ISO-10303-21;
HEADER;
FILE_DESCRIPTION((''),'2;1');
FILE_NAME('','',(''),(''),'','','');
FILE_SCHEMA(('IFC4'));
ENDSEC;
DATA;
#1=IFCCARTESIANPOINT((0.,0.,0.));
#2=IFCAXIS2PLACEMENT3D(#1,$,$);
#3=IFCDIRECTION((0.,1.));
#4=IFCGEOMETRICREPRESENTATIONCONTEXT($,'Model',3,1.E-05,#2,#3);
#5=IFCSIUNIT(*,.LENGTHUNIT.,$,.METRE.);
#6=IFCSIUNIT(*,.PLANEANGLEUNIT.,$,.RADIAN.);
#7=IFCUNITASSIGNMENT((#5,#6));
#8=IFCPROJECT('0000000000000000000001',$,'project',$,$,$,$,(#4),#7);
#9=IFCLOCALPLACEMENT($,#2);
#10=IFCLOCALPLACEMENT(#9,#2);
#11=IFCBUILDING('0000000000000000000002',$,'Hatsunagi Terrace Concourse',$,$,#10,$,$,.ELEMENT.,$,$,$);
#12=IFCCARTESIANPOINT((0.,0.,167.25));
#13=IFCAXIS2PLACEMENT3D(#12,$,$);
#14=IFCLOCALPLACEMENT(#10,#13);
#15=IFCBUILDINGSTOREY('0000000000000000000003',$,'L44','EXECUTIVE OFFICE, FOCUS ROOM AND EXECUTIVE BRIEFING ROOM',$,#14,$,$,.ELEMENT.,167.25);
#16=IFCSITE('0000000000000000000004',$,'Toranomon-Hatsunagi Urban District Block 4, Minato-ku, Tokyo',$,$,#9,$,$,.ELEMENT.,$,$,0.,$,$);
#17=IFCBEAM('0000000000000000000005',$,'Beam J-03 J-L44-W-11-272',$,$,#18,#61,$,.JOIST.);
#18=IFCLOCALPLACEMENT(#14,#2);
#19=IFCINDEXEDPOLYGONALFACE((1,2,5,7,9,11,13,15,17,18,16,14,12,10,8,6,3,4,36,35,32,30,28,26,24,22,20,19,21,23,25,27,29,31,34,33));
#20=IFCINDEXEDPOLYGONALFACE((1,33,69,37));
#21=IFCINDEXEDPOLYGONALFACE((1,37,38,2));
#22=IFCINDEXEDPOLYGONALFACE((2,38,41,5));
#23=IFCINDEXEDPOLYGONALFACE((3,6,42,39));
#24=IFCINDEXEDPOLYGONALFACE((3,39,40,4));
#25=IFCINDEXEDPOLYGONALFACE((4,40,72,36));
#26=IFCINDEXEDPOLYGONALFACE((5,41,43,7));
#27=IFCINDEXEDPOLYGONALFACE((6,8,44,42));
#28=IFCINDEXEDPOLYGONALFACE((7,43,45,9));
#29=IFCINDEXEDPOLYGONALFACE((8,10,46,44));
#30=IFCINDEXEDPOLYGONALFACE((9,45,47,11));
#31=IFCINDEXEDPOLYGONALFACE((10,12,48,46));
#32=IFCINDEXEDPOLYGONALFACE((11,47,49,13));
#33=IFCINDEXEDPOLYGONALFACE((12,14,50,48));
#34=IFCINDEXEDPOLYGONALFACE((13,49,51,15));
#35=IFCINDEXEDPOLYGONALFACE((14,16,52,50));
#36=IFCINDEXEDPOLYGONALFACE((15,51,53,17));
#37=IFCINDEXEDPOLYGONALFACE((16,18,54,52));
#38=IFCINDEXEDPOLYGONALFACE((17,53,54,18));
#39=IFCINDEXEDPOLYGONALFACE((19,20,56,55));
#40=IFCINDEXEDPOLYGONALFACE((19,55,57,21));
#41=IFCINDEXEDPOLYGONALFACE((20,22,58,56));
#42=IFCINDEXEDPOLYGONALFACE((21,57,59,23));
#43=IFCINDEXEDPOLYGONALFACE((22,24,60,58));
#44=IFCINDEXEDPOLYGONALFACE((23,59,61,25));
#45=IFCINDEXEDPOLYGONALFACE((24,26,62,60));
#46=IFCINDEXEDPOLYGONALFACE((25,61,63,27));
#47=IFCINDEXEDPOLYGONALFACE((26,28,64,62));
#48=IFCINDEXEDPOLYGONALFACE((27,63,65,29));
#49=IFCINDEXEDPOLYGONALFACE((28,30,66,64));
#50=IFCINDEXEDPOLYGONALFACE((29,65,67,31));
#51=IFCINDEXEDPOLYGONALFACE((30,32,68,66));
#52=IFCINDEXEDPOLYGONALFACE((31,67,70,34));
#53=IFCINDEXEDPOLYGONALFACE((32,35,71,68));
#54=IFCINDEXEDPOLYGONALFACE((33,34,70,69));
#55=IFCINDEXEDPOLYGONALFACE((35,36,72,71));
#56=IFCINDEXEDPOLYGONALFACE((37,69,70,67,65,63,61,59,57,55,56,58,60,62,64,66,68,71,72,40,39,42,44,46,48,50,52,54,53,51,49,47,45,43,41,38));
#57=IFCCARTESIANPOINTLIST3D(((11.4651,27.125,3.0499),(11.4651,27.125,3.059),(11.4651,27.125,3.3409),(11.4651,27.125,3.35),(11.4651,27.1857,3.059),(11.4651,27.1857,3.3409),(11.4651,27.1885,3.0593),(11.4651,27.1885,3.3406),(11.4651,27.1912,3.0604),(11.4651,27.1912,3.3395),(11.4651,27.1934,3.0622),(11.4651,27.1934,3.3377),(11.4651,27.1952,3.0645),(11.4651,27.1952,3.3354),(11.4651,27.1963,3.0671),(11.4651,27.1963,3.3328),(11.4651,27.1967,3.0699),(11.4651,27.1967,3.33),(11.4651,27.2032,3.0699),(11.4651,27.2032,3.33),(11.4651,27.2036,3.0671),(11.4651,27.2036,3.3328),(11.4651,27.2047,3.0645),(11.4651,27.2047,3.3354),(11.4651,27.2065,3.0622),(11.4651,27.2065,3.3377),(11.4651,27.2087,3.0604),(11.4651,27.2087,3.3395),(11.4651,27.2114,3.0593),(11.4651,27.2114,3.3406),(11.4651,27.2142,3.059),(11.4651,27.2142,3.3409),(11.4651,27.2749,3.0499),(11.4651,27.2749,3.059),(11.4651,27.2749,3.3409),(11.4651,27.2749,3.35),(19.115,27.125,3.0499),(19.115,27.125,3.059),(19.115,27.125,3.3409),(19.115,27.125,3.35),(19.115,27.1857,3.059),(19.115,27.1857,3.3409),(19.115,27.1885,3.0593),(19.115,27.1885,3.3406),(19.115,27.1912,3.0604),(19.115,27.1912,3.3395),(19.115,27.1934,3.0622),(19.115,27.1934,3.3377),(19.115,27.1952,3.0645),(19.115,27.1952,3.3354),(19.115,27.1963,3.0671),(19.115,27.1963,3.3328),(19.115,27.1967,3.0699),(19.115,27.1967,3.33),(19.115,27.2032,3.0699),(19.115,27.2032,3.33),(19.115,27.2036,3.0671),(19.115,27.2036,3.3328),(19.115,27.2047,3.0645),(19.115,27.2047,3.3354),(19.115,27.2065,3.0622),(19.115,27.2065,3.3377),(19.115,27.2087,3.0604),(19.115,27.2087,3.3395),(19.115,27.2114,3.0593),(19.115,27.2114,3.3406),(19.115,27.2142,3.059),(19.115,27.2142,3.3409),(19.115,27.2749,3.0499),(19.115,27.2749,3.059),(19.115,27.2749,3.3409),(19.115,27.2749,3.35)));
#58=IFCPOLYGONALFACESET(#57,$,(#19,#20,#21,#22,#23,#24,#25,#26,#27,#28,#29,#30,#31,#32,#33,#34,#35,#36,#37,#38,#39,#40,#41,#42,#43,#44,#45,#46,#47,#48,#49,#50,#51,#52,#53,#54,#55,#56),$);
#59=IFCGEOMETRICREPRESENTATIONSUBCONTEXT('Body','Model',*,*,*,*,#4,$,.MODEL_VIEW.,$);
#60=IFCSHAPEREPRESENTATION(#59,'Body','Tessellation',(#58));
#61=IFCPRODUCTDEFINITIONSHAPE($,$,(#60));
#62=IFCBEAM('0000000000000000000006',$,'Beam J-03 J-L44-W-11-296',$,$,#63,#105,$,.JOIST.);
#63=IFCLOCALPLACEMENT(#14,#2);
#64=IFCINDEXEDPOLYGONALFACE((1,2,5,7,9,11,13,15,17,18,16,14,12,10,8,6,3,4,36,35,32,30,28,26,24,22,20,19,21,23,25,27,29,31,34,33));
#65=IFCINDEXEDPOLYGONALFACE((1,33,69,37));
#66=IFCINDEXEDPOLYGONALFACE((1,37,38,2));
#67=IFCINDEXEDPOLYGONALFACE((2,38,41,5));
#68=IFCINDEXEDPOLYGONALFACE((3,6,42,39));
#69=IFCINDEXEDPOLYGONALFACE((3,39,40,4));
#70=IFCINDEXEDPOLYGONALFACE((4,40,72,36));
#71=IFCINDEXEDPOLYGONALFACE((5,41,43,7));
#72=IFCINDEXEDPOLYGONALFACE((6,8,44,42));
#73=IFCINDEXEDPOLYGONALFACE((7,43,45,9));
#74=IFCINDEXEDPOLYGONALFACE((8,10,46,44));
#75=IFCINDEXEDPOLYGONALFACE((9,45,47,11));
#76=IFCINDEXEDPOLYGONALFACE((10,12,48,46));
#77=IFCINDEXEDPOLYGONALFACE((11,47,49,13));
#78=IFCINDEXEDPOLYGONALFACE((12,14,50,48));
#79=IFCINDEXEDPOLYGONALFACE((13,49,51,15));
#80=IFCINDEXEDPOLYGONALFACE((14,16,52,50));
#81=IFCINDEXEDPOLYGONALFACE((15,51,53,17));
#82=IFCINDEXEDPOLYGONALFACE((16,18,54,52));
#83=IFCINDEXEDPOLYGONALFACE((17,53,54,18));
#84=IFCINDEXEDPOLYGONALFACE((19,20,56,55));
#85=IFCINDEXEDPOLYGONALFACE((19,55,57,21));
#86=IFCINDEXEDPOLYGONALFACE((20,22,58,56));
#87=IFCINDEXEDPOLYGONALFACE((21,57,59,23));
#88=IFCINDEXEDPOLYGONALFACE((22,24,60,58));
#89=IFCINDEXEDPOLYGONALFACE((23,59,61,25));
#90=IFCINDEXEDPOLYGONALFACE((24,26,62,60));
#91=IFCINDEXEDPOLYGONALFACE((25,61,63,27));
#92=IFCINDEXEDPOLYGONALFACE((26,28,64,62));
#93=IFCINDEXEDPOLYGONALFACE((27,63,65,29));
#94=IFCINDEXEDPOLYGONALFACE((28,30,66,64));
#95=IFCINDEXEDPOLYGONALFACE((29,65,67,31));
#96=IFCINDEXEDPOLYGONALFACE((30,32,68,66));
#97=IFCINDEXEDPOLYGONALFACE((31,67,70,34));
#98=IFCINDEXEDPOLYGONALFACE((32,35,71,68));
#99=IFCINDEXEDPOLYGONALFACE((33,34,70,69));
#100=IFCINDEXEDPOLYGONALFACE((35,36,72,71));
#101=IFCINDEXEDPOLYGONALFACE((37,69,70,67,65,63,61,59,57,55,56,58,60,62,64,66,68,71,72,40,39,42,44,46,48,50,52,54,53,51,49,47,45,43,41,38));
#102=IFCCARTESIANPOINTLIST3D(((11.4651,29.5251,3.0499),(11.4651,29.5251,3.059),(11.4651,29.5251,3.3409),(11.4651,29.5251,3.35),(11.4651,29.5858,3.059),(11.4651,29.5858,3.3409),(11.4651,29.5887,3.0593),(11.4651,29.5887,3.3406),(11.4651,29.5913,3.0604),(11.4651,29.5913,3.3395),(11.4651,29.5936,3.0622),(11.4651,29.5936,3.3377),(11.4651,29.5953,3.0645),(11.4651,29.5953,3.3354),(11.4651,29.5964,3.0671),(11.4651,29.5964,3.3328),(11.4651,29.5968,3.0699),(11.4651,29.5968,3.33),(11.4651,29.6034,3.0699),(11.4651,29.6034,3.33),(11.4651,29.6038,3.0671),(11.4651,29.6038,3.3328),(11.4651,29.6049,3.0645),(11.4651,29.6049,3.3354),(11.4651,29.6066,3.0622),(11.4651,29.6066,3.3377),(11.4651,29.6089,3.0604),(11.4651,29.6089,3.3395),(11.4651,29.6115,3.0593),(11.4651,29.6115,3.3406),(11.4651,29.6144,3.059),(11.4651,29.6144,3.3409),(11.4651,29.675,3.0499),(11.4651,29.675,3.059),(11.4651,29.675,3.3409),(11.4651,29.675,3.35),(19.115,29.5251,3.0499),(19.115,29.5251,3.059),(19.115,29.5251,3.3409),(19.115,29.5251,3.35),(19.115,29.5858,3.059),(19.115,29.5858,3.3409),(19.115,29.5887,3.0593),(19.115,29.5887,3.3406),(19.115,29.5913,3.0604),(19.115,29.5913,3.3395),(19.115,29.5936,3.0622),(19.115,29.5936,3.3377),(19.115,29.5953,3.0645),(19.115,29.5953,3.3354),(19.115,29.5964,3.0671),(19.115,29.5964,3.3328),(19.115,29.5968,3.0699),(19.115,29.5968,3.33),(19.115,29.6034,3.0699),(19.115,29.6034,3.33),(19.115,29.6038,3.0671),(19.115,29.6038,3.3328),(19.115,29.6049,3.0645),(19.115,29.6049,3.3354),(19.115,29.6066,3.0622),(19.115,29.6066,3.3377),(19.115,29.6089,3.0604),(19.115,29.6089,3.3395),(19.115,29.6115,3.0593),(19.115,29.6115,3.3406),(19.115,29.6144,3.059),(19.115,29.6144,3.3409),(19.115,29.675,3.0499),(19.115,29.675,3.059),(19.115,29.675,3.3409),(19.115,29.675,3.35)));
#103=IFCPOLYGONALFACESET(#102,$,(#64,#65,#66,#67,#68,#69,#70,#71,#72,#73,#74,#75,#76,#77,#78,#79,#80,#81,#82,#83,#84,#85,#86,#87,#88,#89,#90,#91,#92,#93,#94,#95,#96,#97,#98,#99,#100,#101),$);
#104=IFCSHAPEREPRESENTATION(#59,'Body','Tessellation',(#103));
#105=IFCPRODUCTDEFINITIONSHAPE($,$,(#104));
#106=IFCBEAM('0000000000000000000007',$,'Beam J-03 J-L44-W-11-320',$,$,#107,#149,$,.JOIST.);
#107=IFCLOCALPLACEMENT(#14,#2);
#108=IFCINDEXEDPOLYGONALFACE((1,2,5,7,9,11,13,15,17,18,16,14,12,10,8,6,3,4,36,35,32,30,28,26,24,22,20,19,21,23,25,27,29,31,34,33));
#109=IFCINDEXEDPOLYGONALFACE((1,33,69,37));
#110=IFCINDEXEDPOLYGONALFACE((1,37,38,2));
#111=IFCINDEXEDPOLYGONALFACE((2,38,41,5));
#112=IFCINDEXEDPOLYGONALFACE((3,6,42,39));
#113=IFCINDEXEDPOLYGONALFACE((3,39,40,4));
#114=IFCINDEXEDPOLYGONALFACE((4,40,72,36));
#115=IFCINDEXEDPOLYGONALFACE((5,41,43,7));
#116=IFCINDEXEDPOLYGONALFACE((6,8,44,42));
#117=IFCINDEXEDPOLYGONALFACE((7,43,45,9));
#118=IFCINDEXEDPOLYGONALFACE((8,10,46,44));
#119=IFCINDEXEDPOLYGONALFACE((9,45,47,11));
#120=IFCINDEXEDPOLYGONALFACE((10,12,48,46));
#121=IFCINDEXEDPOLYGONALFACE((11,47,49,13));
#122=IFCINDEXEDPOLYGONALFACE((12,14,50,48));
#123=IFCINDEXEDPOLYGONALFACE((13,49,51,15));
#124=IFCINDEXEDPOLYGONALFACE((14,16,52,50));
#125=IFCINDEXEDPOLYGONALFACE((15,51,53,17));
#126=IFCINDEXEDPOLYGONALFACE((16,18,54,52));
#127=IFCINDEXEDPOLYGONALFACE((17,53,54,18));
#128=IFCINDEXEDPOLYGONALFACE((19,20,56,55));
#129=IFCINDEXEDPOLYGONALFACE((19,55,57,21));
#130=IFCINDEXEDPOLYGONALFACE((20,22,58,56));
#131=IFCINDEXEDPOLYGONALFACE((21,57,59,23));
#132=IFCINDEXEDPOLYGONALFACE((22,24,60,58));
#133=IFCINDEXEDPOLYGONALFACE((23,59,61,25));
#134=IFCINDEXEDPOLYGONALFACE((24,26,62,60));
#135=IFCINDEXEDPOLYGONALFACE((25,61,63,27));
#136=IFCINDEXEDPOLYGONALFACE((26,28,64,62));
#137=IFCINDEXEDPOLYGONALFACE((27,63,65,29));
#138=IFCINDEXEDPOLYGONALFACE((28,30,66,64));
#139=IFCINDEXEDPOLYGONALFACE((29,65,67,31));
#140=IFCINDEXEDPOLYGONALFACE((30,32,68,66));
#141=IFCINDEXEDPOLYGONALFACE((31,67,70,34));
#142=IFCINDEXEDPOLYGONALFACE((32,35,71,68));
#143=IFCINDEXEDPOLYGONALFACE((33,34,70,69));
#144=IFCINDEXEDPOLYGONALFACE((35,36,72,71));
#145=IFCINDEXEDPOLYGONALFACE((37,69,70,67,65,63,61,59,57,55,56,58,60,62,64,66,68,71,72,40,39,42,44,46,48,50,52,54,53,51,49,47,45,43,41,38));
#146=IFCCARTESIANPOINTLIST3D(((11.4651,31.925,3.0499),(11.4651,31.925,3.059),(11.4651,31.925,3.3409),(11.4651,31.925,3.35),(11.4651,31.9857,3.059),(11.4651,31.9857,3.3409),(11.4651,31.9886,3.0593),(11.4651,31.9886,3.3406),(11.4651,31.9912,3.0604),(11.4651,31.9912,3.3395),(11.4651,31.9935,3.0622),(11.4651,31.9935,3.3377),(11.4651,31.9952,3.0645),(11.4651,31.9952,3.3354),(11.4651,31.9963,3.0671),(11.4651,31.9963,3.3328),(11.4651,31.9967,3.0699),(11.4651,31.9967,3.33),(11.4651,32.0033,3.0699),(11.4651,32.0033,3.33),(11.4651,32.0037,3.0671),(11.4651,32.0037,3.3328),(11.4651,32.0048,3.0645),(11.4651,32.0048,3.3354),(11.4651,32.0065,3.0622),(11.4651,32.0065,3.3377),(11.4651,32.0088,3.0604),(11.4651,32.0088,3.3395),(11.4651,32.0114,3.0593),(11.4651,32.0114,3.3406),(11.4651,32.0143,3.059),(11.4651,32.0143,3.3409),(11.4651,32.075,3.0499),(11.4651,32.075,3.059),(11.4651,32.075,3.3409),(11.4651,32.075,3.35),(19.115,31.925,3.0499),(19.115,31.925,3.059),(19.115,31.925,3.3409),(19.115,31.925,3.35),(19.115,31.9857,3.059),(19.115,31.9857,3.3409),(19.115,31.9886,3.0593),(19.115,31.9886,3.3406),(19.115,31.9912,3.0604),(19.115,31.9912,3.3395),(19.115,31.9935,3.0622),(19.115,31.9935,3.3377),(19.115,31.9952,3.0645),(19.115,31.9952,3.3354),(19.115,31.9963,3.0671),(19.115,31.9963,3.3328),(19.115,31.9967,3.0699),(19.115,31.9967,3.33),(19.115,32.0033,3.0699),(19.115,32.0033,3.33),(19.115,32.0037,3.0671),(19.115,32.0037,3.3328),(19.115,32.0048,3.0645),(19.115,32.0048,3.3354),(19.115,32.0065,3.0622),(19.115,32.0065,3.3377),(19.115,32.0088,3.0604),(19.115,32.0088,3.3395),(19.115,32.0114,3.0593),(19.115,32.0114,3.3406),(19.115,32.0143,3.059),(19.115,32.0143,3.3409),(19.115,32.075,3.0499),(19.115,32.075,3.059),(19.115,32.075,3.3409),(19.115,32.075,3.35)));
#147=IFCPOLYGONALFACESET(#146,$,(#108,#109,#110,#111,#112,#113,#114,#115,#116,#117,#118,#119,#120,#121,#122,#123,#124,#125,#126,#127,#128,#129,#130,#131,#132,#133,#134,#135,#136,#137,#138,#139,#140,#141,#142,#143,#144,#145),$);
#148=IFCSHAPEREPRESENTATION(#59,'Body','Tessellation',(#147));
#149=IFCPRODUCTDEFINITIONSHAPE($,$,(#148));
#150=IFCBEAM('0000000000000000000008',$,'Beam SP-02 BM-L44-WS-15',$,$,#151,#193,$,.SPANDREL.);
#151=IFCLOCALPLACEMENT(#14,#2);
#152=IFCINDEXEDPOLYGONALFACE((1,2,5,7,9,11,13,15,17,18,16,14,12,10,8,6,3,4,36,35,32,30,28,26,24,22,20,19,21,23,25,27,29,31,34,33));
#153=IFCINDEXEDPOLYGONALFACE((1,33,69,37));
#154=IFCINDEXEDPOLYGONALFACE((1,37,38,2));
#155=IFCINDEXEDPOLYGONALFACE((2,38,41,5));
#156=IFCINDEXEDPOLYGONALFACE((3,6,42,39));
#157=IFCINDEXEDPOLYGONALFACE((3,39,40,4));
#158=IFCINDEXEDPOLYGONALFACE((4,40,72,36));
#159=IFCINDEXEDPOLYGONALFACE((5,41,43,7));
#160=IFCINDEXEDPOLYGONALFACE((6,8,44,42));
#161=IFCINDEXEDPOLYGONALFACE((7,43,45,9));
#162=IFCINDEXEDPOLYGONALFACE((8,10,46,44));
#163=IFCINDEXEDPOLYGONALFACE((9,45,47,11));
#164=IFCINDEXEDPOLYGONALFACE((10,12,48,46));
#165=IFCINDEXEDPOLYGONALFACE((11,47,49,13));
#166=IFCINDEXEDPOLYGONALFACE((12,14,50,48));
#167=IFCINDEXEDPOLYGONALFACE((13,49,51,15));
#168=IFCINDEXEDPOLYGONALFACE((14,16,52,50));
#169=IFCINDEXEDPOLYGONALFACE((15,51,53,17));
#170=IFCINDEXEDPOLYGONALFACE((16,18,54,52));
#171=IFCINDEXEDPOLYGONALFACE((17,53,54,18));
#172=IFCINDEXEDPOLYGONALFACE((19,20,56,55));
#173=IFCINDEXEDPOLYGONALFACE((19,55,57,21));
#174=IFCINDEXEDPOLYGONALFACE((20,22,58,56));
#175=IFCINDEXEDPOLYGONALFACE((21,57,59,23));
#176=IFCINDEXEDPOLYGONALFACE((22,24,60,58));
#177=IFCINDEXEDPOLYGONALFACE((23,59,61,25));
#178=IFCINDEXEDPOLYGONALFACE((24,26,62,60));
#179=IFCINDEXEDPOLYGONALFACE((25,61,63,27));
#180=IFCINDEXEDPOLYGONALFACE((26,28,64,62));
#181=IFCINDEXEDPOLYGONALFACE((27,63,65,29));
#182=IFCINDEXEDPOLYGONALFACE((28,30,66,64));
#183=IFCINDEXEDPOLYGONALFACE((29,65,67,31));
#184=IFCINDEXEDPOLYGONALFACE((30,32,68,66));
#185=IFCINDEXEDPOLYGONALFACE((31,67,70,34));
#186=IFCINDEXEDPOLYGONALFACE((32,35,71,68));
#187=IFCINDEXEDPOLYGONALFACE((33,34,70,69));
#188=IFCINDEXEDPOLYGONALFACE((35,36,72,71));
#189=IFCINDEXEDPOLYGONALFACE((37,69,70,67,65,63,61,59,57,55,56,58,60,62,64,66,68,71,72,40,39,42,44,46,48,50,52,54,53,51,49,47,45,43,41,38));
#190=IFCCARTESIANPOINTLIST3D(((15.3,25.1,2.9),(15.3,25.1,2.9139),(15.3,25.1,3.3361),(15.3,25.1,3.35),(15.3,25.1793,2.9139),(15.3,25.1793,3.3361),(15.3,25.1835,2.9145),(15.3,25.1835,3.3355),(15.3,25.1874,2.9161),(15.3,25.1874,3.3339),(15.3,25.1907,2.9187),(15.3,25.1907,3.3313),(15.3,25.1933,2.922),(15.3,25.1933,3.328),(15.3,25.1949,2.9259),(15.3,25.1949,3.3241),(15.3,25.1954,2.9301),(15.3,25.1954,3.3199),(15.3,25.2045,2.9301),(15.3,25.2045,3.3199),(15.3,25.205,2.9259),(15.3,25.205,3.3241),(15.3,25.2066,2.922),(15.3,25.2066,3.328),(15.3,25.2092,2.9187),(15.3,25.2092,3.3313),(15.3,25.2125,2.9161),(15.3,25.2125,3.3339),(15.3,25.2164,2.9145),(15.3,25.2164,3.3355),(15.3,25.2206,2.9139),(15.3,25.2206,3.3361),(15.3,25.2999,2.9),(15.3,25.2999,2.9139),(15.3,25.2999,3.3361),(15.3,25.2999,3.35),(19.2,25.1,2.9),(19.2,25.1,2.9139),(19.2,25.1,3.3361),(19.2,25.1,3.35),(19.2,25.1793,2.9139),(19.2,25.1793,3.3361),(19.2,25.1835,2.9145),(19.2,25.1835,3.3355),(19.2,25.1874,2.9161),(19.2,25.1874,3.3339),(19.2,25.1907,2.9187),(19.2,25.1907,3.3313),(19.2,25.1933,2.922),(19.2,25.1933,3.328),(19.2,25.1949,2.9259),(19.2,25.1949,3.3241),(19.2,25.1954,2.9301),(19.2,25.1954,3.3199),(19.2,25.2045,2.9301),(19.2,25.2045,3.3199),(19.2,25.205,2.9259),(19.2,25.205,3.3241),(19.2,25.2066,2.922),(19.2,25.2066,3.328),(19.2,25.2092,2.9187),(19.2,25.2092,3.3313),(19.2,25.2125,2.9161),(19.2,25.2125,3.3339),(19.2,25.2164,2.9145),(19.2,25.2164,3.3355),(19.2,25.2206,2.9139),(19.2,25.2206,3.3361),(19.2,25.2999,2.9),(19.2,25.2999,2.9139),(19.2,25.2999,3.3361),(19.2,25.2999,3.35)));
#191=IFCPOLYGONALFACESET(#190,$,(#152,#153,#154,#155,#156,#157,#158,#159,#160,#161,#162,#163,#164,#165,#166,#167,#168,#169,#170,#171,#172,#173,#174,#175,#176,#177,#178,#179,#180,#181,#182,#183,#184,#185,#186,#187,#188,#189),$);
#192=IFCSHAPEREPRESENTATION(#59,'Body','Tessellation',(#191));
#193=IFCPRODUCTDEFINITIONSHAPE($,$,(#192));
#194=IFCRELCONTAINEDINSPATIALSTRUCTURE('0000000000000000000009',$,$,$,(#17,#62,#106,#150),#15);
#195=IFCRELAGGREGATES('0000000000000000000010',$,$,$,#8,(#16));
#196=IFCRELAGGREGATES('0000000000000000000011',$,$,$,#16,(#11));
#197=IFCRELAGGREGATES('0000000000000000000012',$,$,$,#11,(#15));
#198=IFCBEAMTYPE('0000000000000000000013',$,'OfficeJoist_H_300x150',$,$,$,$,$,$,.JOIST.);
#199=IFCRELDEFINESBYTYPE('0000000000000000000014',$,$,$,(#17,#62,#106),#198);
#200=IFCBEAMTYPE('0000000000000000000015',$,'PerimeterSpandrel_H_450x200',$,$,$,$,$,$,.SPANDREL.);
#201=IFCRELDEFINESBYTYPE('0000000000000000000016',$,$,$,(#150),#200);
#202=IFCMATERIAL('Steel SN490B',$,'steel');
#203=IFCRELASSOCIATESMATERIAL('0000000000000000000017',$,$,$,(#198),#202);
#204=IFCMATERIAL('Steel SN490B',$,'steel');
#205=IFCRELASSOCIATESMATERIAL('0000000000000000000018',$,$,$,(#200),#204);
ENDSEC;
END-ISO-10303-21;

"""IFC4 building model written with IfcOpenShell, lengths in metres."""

from ifc_helpers import new_model, si_unit, direction, frame, origin, origin_2d, place, context, subcontext, project, spatial, i_section, extrude, material, material_profile, profile_set, type_object, element, save


model = new_model("IFC4")

# Units and contexts
model_context = context("Model", 3, precision=1e-05, world=origin(), true_north=direction((0.0, 1.0)))
body_context = subcontext(model_context, "Body", "Model", "MODEL_VIEW")
ifc_project = project(units=[si_unit("LENGTHUNIT", "METRE"), si_unit("PLANEANGLEUNIT", "RADIAN")], contexts=[model_context])

# Site, building, storey
site_placement = place(None, origin())
site = spatial("IfcSite", under=ifc_project, at=site_placement, Name="Toranomon-Hatsunagi Urban District Block 4, Minato-ku, Tokyo", CompositionType="ELEMENT", RefElevation=0.0)
building_placement = place(site_placement, origin())
building = spatial("IfcBuilding", under=site, at=building_placement, Name="Hatsunagi Terrace Concourse", CompositionType="ELEMENT")
storey_placement = place(building_placement, frame((0.0, 0.0, 167.25)))
storey = spatial("IfcBuildingStorey", under=building, at=storey_placement, Name="L44", Description="EXECUTIVE OFFICE, FOCUS ROOM AND EXECUTIVE BRIEFING ROOM", CompositionType="ELEMENT", Elevation=167.25)

# Beams
ifc_material_1 = material(Name="Steel SN490B", Category="steel")
ifc_material_profile_1 = material_profile(ifc_material_1, i_section(OverallWidth=0.1499, OverallDepth=0.3, WebThickness=0.0066, FlangeThickness=0.009, FilletRadius=0.011, at=origin_2d()), Name="H-300x150x6.5x9")
ifc_profile_set_1 = profile_set([ifc_material_profile_1], Name="Steel SN490B")
beam_type_1 = type_object("IfcBeamType", Name="OfficeJoist_H_300x150", PredefinedType="JOIST", material=ifc_profile_set_1)
for number, where, z_axis, x_axis, name in (
    (1, (11.4651, 27.2, 3.2), (1.0, 0.0, 0.0), (0.0, 1.0, 0.0), "Beam J-03 J-L44-W-11-272"),
    (2, (11.4651, 29.6001, 3.2), (1.0, 0.0, 0.0), (0.0, 1.0, 0.0), "Beam J-03 J-L44-W-11-296"),
    (3, (11.4651, 32.0, 3.2), (1.0, 0.0, 0.0), (0.0, 1.0, 0.0), "Beam J-03 J-L44-W-11-320"),
):
    element("IfcBeam", number, at=place(storey_placement, frame(where, z_axis=z_axis, x_axis=x_axis)), inside=storey, type_object=beam_type_1, Name=name, PredefinedType="JOIST", context=body_context, shape_type="SweptSolid", body=[
        extrude(i_section(OverallWidth=0.1499, OverallDepth=0.3, WebThickness=0.0066, FlangeThickness=0.009, FilletRadius=0.011, at=origin_2d()), origin(), (0.0, 0.0, 1.0), 7.6499),
    ])
ifc_material_2 = material(Name="Steel SN490B", Category="steel")
ifc_material_profile_2 = material_profile(ifc_material_2, i_section(OverallWidth=0.2, OverallDepth=0.45, WebThickness=0.009, FlangeThickness=0.0139, FilletRadius=0.0161, at=origin_2d()), Name="H-450x200x9x14")
ifc_profile_set_2 = profile_set([ifc_material_profile_2], Name="Steel SN490B")
beam_type_2 = type_object("IfcBeamType", Name="PerimeterSpandrel_H_450x200", PredefinedType="SPANDREL", material=ifc_profile_set_2)
beam_placement = place(storey_placement, frame((15.3, 25.2, 3.125), z_axis=(1.0, 0.0, 0.0), x_axis=(0.0, 1.0, 0.0)))
element("IfcBeam", 4, at=beam_placement, inside=storey, type_object=beam_type_2, Name="Beam SP-02 BM-L44-WS-15", PredefinedType="SPANDREL", context=body_context, shape_type="SweptSolid", body=[
    extrude(i_section(OverallWidth=0.2, OverallDepth=0.45, WebThickness=0.009, FlangeThickness=0.0139, FilletRadius=0.0161, at=origin_2d()), origin(), (0.0, 0.0, 1.0), 3.8999),
])

save(model, "model.ifc")
